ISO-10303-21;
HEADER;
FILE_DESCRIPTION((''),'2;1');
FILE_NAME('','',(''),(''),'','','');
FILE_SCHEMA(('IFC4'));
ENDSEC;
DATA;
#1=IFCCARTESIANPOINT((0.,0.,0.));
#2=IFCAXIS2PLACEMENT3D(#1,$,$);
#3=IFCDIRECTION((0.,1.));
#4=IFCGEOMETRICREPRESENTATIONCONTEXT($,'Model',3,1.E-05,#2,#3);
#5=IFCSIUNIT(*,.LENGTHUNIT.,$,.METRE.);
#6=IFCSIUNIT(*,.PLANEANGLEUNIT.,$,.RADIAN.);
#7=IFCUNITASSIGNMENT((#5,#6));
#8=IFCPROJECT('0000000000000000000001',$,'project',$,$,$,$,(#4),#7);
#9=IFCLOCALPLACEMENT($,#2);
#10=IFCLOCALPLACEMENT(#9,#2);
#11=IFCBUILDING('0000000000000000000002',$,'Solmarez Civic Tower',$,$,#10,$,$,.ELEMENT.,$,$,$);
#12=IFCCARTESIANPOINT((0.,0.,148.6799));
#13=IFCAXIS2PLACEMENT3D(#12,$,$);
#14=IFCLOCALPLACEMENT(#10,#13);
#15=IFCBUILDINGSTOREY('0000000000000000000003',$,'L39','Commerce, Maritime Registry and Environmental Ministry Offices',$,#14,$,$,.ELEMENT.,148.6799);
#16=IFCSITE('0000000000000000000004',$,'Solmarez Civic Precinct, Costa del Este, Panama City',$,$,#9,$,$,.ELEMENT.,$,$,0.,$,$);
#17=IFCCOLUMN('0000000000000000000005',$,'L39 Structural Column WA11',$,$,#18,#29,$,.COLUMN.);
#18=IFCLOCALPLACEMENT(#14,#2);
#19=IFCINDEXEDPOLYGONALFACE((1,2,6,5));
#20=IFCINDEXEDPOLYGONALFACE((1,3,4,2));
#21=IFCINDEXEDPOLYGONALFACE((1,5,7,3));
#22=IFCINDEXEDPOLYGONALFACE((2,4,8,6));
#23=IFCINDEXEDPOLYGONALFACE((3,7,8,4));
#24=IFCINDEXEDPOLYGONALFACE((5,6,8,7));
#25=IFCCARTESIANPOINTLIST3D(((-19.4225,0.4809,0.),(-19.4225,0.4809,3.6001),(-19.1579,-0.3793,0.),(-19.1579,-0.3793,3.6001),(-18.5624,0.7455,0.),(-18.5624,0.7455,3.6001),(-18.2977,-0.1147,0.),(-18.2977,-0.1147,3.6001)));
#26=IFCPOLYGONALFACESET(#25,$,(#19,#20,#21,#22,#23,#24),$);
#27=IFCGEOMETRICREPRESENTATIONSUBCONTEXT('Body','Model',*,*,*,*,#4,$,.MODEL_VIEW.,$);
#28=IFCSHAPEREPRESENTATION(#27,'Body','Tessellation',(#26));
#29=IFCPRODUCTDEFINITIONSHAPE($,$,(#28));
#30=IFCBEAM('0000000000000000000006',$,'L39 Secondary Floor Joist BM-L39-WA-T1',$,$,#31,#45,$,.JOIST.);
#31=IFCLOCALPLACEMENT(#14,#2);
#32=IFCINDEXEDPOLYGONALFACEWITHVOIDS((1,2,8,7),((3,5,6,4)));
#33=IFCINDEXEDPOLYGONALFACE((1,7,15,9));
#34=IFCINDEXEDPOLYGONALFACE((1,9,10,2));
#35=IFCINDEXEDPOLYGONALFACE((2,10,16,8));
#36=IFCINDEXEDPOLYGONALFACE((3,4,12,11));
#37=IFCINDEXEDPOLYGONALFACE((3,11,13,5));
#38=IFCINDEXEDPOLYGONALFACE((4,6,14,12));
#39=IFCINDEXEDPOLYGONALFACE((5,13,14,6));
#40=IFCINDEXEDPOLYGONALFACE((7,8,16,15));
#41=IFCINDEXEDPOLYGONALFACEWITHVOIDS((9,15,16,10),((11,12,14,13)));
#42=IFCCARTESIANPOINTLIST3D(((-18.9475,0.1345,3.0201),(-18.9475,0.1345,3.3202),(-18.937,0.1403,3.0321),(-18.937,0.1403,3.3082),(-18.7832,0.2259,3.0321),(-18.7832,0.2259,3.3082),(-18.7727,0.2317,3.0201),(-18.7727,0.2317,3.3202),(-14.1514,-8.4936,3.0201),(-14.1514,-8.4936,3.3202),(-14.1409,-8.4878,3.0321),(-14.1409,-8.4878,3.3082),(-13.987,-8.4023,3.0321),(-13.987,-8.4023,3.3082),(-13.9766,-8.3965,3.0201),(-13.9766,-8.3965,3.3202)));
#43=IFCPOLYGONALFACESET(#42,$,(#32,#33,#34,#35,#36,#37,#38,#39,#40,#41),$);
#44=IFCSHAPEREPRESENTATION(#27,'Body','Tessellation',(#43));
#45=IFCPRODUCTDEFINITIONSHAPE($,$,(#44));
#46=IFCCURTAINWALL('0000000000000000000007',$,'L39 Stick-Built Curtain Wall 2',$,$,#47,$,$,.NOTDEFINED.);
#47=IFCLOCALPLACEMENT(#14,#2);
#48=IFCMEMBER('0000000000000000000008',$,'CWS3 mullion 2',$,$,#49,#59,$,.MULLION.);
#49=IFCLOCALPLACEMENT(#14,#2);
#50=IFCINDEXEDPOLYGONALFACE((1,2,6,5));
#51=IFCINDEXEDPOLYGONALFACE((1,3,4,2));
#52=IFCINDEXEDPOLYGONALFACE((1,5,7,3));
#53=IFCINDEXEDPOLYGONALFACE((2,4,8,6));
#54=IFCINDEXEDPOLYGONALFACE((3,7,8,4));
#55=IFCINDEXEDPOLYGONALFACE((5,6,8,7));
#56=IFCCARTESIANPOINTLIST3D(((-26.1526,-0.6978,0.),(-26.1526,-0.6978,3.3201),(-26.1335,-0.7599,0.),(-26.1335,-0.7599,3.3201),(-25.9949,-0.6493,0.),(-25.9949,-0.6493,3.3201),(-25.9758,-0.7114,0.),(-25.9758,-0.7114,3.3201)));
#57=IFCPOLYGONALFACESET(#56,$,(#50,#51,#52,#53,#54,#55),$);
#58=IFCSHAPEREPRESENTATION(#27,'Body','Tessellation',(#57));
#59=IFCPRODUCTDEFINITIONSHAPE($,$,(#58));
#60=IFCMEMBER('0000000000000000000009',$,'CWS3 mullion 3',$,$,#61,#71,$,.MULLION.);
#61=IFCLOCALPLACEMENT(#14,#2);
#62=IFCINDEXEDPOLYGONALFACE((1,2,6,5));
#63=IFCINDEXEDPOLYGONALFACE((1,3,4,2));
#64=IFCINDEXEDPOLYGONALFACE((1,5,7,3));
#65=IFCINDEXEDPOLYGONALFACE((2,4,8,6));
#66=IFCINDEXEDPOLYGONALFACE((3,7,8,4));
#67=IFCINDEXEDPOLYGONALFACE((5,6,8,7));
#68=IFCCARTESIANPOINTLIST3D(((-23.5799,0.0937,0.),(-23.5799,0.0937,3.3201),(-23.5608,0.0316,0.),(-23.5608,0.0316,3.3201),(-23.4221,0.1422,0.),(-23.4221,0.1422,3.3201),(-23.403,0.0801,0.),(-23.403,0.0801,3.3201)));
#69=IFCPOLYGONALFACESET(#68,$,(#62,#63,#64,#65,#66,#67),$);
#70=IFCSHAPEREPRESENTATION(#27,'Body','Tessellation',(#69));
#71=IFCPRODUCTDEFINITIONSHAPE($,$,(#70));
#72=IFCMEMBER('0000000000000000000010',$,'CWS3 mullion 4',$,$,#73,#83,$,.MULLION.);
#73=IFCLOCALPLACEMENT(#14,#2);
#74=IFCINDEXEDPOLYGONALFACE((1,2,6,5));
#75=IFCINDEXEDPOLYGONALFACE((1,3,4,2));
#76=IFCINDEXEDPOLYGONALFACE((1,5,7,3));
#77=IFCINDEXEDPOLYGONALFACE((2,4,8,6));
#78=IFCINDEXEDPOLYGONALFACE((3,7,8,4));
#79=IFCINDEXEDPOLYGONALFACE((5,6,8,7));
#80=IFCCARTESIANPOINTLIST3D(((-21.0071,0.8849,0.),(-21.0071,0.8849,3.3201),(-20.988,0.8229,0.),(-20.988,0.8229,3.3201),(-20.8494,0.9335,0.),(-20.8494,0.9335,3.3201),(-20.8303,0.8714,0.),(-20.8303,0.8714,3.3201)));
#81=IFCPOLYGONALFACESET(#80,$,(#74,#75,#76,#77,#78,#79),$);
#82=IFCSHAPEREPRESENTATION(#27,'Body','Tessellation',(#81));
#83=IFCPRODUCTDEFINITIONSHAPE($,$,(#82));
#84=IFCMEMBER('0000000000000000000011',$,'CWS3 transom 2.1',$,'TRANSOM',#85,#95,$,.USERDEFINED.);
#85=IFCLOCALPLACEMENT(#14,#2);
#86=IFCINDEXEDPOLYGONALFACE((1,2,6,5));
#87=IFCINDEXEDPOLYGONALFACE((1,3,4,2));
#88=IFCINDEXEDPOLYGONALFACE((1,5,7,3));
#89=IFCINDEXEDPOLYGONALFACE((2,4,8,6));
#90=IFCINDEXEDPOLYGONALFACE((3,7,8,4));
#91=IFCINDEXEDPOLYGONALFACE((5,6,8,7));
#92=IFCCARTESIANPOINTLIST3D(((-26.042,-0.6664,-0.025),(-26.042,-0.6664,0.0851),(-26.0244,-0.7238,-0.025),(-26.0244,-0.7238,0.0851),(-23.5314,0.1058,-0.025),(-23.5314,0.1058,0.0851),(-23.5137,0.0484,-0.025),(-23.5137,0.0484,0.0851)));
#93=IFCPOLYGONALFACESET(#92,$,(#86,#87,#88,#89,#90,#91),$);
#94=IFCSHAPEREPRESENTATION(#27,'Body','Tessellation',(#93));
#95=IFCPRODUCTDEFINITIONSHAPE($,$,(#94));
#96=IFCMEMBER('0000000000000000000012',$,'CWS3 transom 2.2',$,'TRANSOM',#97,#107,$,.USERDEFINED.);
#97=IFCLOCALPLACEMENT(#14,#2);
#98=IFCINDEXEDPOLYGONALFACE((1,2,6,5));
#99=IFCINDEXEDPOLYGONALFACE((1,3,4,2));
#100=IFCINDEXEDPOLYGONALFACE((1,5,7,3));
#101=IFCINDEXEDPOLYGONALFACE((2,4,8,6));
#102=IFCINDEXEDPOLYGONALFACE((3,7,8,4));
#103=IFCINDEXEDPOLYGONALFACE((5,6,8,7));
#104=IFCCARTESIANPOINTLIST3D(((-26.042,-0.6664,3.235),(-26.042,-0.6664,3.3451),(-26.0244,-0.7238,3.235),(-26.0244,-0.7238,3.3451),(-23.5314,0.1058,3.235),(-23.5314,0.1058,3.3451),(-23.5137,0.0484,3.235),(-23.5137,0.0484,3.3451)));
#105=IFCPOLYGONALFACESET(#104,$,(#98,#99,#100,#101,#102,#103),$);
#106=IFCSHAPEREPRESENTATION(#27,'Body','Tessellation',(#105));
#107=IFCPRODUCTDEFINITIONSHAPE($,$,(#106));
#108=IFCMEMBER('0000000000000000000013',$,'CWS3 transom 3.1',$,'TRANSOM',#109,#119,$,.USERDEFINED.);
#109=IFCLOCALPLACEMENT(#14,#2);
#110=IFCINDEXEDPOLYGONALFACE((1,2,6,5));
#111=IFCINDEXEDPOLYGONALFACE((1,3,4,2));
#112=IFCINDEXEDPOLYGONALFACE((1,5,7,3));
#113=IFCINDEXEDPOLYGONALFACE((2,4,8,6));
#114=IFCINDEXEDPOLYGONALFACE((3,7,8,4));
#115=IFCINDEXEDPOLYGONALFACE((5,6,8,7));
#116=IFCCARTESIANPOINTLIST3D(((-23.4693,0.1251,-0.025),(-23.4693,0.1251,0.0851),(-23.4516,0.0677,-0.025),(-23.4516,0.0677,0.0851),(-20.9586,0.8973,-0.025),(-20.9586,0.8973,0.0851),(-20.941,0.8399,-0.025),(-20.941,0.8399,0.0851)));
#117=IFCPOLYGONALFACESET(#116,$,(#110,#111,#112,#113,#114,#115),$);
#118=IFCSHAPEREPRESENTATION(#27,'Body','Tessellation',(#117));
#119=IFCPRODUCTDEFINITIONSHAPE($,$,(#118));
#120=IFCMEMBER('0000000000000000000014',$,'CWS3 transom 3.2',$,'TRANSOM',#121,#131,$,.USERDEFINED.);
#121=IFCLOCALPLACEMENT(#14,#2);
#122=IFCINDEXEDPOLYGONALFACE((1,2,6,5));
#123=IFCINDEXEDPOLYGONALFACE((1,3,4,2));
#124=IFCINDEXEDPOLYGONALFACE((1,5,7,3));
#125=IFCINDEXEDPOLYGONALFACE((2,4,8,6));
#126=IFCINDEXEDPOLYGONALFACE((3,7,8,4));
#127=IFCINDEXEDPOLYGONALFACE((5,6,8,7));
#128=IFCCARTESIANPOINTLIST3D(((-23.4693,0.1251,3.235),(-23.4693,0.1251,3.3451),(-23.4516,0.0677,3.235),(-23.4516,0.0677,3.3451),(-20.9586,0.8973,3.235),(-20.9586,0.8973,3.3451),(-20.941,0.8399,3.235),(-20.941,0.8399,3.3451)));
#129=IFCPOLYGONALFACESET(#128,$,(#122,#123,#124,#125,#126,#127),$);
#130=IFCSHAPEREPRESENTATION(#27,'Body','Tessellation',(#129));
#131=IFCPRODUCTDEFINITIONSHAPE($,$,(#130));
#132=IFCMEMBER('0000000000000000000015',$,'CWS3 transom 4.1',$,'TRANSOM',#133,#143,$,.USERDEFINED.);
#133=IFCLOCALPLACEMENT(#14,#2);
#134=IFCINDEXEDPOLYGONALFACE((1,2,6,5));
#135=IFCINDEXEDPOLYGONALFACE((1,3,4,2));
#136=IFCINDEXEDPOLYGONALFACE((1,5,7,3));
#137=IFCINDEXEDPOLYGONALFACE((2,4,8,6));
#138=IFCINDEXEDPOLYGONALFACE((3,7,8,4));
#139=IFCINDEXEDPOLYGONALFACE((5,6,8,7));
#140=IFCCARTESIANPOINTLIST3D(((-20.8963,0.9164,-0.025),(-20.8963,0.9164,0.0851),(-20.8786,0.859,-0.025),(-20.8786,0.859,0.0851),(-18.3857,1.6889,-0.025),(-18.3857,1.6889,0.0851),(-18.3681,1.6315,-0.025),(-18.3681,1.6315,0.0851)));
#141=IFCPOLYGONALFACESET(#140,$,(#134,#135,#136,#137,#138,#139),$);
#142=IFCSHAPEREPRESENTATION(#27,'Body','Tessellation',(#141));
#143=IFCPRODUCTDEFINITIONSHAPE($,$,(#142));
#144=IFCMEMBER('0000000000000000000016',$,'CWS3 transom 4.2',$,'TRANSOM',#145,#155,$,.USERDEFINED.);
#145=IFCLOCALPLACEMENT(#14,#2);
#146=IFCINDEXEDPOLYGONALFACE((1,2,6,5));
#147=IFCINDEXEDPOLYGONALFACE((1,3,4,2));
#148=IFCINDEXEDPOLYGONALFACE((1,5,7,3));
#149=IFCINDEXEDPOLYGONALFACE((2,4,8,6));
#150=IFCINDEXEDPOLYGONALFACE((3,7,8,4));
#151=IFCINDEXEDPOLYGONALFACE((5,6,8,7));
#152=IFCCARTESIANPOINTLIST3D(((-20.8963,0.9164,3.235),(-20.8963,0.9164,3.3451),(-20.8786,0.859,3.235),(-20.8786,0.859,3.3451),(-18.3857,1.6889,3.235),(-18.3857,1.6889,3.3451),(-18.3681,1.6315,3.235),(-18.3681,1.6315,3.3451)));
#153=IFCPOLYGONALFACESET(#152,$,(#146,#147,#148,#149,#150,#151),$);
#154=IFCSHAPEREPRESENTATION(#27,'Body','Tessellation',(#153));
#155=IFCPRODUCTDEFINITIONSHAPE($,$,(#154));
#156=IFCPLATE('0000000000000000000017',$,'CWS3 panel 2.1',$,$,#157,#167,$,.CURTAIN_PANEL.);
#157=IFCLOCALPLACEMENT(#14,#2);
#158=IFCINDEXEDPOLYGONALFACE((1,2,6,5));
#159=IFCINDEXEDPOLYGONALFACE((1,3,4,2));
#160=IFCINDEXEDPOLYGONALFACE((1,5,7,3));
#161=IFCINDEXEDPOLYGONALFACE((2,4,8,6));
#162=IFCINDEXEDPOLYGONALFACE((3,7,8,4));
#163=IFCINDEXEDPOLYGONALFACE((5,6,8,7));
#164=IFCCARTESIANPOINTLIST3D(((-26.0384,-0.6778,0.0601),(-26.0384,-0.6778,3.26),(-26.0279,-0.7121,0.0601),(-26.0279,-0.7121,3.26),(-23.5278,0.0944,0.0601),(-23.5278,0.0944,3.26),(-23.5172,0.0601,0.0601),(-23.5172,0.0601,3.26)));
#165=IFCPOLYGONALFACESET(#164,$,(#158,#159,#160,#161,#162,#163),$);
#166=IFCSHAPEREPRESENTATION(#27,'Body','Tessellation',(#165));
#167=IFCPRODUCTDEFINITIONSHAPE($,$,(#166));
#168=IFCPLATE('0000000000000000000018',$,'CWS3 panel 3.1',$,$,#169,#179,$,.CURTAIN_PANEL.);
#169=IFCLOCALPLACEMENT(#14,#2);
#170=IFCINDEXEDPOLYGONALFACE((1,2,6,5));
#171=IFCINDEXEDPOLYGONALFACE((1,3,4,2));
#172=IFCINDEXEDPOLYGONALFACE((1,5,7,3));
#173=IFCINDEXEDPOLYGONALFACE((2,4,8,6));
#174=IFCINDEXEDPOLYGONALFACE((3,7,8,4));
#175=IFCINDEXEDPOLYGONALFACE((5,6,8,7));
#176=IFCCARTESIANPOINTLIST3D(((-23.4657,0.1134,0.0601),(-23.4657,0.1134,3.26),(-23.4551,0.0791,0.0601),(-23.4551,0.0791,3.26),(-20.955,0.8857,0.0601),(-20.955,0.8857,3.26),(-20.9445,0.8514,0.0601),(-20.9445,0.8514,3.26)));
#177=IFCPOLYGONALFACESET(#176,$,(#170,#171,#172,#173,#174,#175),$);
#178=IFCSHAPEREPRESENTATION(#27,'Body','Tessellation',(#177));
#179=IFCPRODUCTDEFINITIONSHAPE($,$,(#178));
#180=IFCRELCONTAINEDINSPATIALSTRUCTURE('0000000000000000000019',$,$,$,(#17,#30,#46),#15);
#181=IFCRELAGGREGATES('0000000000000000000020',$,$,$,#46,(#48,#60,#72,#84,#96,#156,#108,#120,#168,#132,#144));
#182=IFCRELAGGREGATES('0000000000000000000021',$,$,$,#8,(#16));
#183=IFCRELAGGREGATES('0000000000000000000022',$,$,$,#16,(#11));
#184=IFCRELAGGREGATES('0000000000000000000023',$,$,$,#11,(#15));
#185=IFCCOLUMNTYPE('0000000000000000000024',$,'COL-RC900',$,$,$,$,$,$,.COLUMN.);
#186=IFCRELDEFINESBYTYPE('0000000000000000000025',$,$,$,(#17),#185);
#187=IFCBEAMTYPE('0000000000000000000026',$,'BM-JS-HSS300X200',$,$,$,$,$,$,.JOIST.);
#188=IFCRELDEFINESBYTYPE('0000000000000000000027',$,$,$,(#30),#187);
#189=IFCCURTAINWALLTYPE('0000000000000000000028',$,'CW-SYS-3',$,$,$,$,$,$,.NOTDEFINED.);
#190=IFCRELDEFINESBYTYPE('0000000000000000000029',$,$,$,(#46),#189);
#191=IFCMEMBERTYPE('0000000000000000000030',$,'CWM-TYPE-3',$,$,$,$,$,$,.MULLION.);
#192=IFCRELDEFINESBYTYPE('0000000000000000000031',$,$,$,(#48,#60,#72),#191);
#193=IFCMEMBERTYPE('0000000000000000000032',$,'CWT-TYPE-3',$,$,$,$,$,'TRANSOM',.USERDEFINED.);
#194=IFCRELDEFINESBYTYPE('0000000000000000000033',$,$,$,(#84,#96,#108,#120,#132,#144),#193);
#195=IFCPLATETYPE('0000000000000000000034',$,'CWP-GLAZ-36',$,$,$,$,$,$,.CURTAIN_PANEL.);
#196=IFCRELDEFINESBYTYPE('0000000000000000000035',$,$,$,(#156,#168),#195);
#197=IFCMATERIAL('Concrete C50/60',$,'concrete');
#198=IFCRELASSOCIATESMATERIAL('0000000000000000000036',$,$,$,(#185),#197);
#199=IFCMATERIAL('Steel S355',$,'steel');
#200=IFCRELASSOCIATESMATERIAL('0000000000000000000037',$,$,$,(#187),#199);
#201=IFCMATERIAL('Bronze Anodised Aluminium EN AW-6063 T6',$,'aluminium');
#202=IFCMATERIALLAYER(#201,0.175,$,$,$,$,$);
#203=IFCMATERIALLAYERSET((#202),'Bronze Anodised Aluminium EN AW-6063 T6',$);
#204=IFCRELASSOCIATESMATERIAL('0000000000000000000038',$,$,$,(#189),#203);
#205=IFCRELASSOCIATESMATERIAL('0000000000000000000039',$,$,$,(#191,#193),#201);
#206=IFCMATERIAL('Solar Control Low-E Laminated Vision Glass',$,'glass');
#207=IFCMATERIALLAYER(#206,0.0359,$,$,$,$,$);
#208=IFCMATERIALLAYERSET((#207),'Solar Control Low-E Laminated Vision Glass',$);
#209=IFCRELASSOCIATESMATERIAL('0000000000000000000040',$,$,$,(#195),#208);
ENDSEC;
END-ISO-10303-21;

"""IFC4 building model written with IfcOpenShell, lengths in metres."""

from ifc_helpers import new_model, si_unit, direction, frame, origin, origin_2d, place, context, subcontext, project, spatial, rectangle, hollow_rectangle, extrude, material, layer, layer_set, material_profile, profile_set, type_object, element, aggregate, save


model = new_model("IFC4")

# Units and contexts
model_context = context("Model", 3, precision=1e-05, world=origin(), true_north=direction((0.0, 1.0)))
body_context = subcontext(model_context, "Body", "Model", "MODEL_VIEW")
ifc_project = project(units=[si_unit("LENGTHUNIT", "METRE"), si_unit("PLANEANGLEUNIT", "RADIAN")], contexts=[model_context])

# Site, building, storey
site_placement = place(None, origin())
site = spatial("IfcSite", under=ifc_project, at=site_placement, Name="Solmarez Civic Precinct, Costa del Este, Panama City", CompositionType="ELEMENT", RefElevation=0.0)
building_placement = place(site_placement, origin())
building = spatial("IfcBuilding", under=site, at=building_placement, Name="Solmarez Civic Tower", CompositionType="ELEMENT")
storey_placement = place(building_placement, frame((0.0, 0.0, 148.6799)))
storey = spatial("IfcBuildingStorey", under=building, at=storey_placement, Name="L39", Description="Commerce, Maritime Registry and Environmental Ministry Offices", CompositionType="ELEMENT", Elevation=148.6799)

# Column
ifc_material_1 = material(Name="Concrete C50/60", Category="concrete")
ifc_material_profile_1 = material_profile(ifc_material_1, rectangle(XDim=0.8999, YDim=0.8999, at=origin_2d()), Name="RC900X900")
ifc_profile_set_1 = profile_set([ifc_material_profile_1], Name="Concrete C50/60")
column_type = type_object("IfcColumnType", Name="COL-RC900", PredefinedType="COLUMN", material=ifc_profile_set_1)
column_placement = place(storey_placement, frame((-18.8601, 0.1831, 0.0), z_axis=(0.0, 0.0, 1.0), x_axis=(0.955793, 0.29404, 0.0)))
element("IfcColumn", 1, at=column_placement, inside=storey, type_object=column_type, Name="L39 Structural Column WA11", PredefinedType="COLUMN", context=body_context, shape_type="SweptSolid", body=[
    extrude(rectangle(XDim=0.8999, YDim=0.8999, at=origin_2d()), origin(), (0.0, 0.0, 1.0), 3.6001),
])

# Beam
ifc_material_2 = material(Name="Steel S355", Category="steel")
ifc_material_profile_2 = material_profile(ifc_material_2, hollow_rectangle(XDim=0.2, YDim=0.3, WallThickness=0.012, at=origin_2d()), Name="HSS300X200X12")
ifc_profile_set_2 = profile_set([ifc_material_profile_2], Name="Steel S355")
beam_type = type_object("IfcBeamType", Name="BM-JS-HSS300X200", PredefinedType="JOIST", material=ifc_profile_set_2)
beam_placement = place(storey_placement, frame((-18.8601, 0.1831, 3.1702), z_axis=(0.485853, -0.874041, 0.0), x_axis=(0.874041, 0.485853, 0.0)))
element("IfcBeam", 2, at=beam_placement, inside=storey, type_object=beam_type, Name="L39 Secondary Floor Joist BM-L39-WA-T1", PredefinedType="JOIST", context=body_context, shape_type="SweptSolid", body=[
    extrude(hollow_rectangle(XDim=0.2, YDim=0.3, WallThickness=0.012, at=origin_2d()), origin(), (0.0, 0.0, 1.0), 9.8716),
])

# Curtain wall, members, plates
ifc_material_3 = material(Name="Bronze Anodised Aluminium EN AW-6063 T6", Category="aluminium")
ifc_layer_1 = layer(ifc_material_3, 0.175)
ifc_layer_set_1 = layer_set([ifc_layer_1], Name="Bronze Anodised Aluminium EN AW-6063 T6")
curtain_wall_type = type_object("IfcCurtainWallType", Name="CW-SYS-3", PredefinedType="NOTDEFINED", material=ifc_layer_set_1)
curtain_wall_placement = place(storey_placement, origin())
curtain_wall = element("IfcCurtainWall", 3, at=curtain_wall_placement, inside=storey, type_object=curtain_wall_type, Name="L39 Stick-Built Curtain Wall 2", PredefinedType="NOTDEFINED")
ifc_material_profile_3 = material_profile(ifc_material_3, rectangle(XDim=0.0649, YDim=0.165, at=origin_2d()), Name="CWM-65X165")
ifc_profile_set_3 = profile_set([ifc_material_profile_3], Name="Bronze Anodised Aluminium EN AW-6063 T6")
member_type_1 = type_object("IfcMemberType", Name="CWM-TYPE-3", PredefinedType="MULLION", material=ifc_profile_set_3)
member_1_placement = place(storey_placement, frame((-26.0642, -0.7046, 0.0), z_axis=(0.0, 0.0, 1.0), x_axis=(-0.294008, 0.955803, 0.0)))
member_1 = element("IfcMember", 4, at=member_1_placement, type_object=member_type_1, Name="CWS3 mullion 2", PredefinedType="MULLION", context=body_context, shape_type="SweptSolid", body=[
    extrude(rectangle(XDim=0.0649, YDim=0.165, at=origin_2d()), origin(), (0.0, 0.0, 1.0), 3.3201),
])
member_2_placement = place(storey_placement, frame((-23.4915, 0.0869, 0.0), z_axis=(0.0, 0.0, 1.0), x_axis=(-0.294008, 0.955803, 0.0)))
member_2 = element("IfcMember", 5, at=member_2_placement, type_object=member_type_1, Name="CWS3 mullion 3", PredefinedType="MULLION", context=body_context, shape_type="SweptSolid", body=[
    extrude(rectangle(XDim=0.0649, YDim=0.165, at=origin_2d()), origin(), (0.0, 0.0, 1.0), 3.3201),
])
member_3_placement = place(storey_placement, frame((-20.9187, 0.8782, 0.0), z_axis=(0.0, 0.0, 1.0), x_axis=(-0.294008, 0.955803, 0.0)))
member_3 = element("IfcMember", 6, at=member_3_placement, type_object=member_type_1, Name="CWS3 mullion 4", PredefinedType="MULLION", context=body_context, shape_type="SweptSolid", body=[
    extrude(rectangle(XDim=0.0649, YDim=0.165, at=origin_2d()), origin(), (0.0, 0.0, 1.0), 3.3201),
])
ifc_material_profile_4 = material_profile(ifc_material_3, rectangle(XDim=0.0601, YDim=0.1101, at=origin_2d()), Name="CWT-60X110")
ifc_profile_set_4 = profile_set([ifc_material_profile_4], Name="Bronze Anodised Aluminium EN AW-6063 T6")
member_type_2 = type_object("IfcMemberType", Name="CWT-TYPE-3", ElementType="TRANSOM", PredefinedType="USERDEFINED", material=ifc_profile_set_4)
member_4_placement = place(storey_placement, frame((-26.0332, -0.6951, 0.03), z_axis=(0.955813, 0.293975, 0.0), x_axis=(-0.293975, 0.955813, 0.0)))
member_4 = element("IfcMember", 7, at=member_4_placement, type_object=member_type_2, Name="CWS3 transom 2.1", ObjectType="TRANSOM", PredefinedType="USERDEFINED", context=body_context, shape_type="SweptSolid", body=[
    extrude(rectangle(XDim=0.0601, YDim=0.1101, at=origin_2d()), origin(), (0.0, 0.0, 1.0), 2.6267),
])
member_5_placement = place(storey_placement, frame((-26.0332, -0.6951, 3.29), z_axis=(0.955813, 0.293975, 0.0), x_axis=(-0.293975, 0.955813, 0.0)))
member_5 = element("IfcMember", 8, at=member_5_placement, type_object=member_type_2, Name="CWS3 transom 2.2", ObjectType="TRANSOM", PredefinedType="USERDEFINED", context=body_context, shape_type="SweptSolid", body=[
    extrude(rectangle(XDim=0.0601, YDim=0.1101, at=origin_2d()), origin(), (0.0, 0.0, 1.0), 2.6267),
])
member_6_placement = place(storey_placement, frame((-23.4604, 0.0964, 0.03), z_axis=(0.955813, 0.293975, 0.0), x_axis=(-0.293975, 0.955813, 0.0)))
member_6 = element("IfcMember", 9, at=member_6_placement, type_object=member_type_2, Name="CWS3 transom 3.1", ObjectType="TRANSOM", PredefinedType="USERDEFINED", context=body_context, shape_type="SweptSolid", body=[
    extrude(rectangle(XDim=0.0601, YDim=0.1101, at=origin_2d()), origin(), (0.0, 0.0, 1.0), 2.6267),
])
member_7_placement = place(storey_placement, frame((-23.4604, 0.0964, 3.29), z_axis=(0.955813, 0.293975, 0.0), x_axis=(-0.293975, 0.955813, 0.0)))
member_7 = element("IfcMember", 10, at=member_7_placement, type_object=member_type_2, Name="CWS3 transom 3.2", ObjectType="TRANSOM", PredefinedType="USERDEFINED", context=body_context, shape_type="SweptSolid", body=[
    extrude(rectangle(XDim=0.0601, YDim=0.1101, at=origin_2d()), origin(), (0.0, 0.0, 1.0), 2.6267),
])
member_8_placement = place(storey_placement, frame((-20.8875, 0.8877, 0.03), z_axis=(0.955779, 0.294086, 0.0), x_axis=(-0.294086, 0.955779, 0.0)))
member_8 = element("IfcMember", 11, at=member_8_placement, type_object=member_type_2, Name="CWS3 transom 4.1", ObjectType="TRANSOM", PredefinedType="USERDEFINED", context=body_context, shape_type="SweptSolid", body=[
    extrude(rectangle(XDim=0.0601, YDim=0.1101, at=origin_2d()), origin(), (0.0, 0.0, 1.0), 2.6267),
])
member_9_placement = place(storey_placement, frame((-20.8875, 0.8877, 3.29), z_axis=(0.955779, 0.294086, 0.0), x_axis=(-0.294086, 0.955779, 0.0)))
member_9 = element("IfcMember", 12, at=member_9_placement, type_object=member_type_2, Name="CWS3 transom 4.2", ObjectType="TRANSOM", PredefinedType="USERDEFINED", context=body_context, shape_type="SweptSolid", body=[
    extrude(rectangle(XDim=0.0601, YDim=0.1101, at=origin_2d()), origin(), (0.0, 0.0, 1.0), 2.6267),
])
ifc_material_4 = material(Name="Solar Control Low-E Laminated Vision Glass", Category="glass")
ifc_layer_2 = layer(ifc_material_4, 0.0359)
ifc_layer_set_2 = layer_set([ifc_layer_2], Name="Solar Control Low-E Laminated Vision Glass")
plate_type_1 = type_object("IfcPlateType", Name="CWP-GLAZ-36", PredefinedType="CURTAIN_PANEL", material=ifc_layer_set_2)
plate_1_placement = place(storey_placement, frame((-24.7778, -0.3088, 0.0601), z_axis=(0.0, 0.0, 1.0), x_axis=(0.955803, 0.294008, 0.0)))
plate_1 = element("IfcPlate", 13, at=plate_1_placement, type_object=plate_type_1, Name="CWS3 panel 2.1", PredefinedType="CURTAIN_PANEL", context=body_context, shape_type="SweptSolid", body=[
    extrude(rectangle(XDim=2.6267, YDim=0.0359, at=origin_2d()), origin(), (0.0, 0.0, 1.0), 3.2),
])
plate_2_placement = place(storey_placement, frame((-22.2051, 0.4824, 0.0601), z_axis=(0.0, 0.0, 1.0), x_axis=(0.955803, 0.294008, 0.0)))
plate_2 = element("IfcPlate", 14, at=plate_2_placement, type_object=plate_type_1, Name="CWS3 panel 3.1", PredefinedType="CURTAIN_PANEL", context=body_context, shape_type="SweptSolid", body=[
    extrude(rectangle(XDim=2.6267, YDim=0.0359, at=origin_2d()), origin(), (0.0, 0.0, 1.0), 3.2),
])
aggregate(curtain_wall, [member_1, member_2, member_3, member_4, member_5, plate_1, member_6, member_7, plate_2, member_8, member_9])

save(model, "model.ifc")
